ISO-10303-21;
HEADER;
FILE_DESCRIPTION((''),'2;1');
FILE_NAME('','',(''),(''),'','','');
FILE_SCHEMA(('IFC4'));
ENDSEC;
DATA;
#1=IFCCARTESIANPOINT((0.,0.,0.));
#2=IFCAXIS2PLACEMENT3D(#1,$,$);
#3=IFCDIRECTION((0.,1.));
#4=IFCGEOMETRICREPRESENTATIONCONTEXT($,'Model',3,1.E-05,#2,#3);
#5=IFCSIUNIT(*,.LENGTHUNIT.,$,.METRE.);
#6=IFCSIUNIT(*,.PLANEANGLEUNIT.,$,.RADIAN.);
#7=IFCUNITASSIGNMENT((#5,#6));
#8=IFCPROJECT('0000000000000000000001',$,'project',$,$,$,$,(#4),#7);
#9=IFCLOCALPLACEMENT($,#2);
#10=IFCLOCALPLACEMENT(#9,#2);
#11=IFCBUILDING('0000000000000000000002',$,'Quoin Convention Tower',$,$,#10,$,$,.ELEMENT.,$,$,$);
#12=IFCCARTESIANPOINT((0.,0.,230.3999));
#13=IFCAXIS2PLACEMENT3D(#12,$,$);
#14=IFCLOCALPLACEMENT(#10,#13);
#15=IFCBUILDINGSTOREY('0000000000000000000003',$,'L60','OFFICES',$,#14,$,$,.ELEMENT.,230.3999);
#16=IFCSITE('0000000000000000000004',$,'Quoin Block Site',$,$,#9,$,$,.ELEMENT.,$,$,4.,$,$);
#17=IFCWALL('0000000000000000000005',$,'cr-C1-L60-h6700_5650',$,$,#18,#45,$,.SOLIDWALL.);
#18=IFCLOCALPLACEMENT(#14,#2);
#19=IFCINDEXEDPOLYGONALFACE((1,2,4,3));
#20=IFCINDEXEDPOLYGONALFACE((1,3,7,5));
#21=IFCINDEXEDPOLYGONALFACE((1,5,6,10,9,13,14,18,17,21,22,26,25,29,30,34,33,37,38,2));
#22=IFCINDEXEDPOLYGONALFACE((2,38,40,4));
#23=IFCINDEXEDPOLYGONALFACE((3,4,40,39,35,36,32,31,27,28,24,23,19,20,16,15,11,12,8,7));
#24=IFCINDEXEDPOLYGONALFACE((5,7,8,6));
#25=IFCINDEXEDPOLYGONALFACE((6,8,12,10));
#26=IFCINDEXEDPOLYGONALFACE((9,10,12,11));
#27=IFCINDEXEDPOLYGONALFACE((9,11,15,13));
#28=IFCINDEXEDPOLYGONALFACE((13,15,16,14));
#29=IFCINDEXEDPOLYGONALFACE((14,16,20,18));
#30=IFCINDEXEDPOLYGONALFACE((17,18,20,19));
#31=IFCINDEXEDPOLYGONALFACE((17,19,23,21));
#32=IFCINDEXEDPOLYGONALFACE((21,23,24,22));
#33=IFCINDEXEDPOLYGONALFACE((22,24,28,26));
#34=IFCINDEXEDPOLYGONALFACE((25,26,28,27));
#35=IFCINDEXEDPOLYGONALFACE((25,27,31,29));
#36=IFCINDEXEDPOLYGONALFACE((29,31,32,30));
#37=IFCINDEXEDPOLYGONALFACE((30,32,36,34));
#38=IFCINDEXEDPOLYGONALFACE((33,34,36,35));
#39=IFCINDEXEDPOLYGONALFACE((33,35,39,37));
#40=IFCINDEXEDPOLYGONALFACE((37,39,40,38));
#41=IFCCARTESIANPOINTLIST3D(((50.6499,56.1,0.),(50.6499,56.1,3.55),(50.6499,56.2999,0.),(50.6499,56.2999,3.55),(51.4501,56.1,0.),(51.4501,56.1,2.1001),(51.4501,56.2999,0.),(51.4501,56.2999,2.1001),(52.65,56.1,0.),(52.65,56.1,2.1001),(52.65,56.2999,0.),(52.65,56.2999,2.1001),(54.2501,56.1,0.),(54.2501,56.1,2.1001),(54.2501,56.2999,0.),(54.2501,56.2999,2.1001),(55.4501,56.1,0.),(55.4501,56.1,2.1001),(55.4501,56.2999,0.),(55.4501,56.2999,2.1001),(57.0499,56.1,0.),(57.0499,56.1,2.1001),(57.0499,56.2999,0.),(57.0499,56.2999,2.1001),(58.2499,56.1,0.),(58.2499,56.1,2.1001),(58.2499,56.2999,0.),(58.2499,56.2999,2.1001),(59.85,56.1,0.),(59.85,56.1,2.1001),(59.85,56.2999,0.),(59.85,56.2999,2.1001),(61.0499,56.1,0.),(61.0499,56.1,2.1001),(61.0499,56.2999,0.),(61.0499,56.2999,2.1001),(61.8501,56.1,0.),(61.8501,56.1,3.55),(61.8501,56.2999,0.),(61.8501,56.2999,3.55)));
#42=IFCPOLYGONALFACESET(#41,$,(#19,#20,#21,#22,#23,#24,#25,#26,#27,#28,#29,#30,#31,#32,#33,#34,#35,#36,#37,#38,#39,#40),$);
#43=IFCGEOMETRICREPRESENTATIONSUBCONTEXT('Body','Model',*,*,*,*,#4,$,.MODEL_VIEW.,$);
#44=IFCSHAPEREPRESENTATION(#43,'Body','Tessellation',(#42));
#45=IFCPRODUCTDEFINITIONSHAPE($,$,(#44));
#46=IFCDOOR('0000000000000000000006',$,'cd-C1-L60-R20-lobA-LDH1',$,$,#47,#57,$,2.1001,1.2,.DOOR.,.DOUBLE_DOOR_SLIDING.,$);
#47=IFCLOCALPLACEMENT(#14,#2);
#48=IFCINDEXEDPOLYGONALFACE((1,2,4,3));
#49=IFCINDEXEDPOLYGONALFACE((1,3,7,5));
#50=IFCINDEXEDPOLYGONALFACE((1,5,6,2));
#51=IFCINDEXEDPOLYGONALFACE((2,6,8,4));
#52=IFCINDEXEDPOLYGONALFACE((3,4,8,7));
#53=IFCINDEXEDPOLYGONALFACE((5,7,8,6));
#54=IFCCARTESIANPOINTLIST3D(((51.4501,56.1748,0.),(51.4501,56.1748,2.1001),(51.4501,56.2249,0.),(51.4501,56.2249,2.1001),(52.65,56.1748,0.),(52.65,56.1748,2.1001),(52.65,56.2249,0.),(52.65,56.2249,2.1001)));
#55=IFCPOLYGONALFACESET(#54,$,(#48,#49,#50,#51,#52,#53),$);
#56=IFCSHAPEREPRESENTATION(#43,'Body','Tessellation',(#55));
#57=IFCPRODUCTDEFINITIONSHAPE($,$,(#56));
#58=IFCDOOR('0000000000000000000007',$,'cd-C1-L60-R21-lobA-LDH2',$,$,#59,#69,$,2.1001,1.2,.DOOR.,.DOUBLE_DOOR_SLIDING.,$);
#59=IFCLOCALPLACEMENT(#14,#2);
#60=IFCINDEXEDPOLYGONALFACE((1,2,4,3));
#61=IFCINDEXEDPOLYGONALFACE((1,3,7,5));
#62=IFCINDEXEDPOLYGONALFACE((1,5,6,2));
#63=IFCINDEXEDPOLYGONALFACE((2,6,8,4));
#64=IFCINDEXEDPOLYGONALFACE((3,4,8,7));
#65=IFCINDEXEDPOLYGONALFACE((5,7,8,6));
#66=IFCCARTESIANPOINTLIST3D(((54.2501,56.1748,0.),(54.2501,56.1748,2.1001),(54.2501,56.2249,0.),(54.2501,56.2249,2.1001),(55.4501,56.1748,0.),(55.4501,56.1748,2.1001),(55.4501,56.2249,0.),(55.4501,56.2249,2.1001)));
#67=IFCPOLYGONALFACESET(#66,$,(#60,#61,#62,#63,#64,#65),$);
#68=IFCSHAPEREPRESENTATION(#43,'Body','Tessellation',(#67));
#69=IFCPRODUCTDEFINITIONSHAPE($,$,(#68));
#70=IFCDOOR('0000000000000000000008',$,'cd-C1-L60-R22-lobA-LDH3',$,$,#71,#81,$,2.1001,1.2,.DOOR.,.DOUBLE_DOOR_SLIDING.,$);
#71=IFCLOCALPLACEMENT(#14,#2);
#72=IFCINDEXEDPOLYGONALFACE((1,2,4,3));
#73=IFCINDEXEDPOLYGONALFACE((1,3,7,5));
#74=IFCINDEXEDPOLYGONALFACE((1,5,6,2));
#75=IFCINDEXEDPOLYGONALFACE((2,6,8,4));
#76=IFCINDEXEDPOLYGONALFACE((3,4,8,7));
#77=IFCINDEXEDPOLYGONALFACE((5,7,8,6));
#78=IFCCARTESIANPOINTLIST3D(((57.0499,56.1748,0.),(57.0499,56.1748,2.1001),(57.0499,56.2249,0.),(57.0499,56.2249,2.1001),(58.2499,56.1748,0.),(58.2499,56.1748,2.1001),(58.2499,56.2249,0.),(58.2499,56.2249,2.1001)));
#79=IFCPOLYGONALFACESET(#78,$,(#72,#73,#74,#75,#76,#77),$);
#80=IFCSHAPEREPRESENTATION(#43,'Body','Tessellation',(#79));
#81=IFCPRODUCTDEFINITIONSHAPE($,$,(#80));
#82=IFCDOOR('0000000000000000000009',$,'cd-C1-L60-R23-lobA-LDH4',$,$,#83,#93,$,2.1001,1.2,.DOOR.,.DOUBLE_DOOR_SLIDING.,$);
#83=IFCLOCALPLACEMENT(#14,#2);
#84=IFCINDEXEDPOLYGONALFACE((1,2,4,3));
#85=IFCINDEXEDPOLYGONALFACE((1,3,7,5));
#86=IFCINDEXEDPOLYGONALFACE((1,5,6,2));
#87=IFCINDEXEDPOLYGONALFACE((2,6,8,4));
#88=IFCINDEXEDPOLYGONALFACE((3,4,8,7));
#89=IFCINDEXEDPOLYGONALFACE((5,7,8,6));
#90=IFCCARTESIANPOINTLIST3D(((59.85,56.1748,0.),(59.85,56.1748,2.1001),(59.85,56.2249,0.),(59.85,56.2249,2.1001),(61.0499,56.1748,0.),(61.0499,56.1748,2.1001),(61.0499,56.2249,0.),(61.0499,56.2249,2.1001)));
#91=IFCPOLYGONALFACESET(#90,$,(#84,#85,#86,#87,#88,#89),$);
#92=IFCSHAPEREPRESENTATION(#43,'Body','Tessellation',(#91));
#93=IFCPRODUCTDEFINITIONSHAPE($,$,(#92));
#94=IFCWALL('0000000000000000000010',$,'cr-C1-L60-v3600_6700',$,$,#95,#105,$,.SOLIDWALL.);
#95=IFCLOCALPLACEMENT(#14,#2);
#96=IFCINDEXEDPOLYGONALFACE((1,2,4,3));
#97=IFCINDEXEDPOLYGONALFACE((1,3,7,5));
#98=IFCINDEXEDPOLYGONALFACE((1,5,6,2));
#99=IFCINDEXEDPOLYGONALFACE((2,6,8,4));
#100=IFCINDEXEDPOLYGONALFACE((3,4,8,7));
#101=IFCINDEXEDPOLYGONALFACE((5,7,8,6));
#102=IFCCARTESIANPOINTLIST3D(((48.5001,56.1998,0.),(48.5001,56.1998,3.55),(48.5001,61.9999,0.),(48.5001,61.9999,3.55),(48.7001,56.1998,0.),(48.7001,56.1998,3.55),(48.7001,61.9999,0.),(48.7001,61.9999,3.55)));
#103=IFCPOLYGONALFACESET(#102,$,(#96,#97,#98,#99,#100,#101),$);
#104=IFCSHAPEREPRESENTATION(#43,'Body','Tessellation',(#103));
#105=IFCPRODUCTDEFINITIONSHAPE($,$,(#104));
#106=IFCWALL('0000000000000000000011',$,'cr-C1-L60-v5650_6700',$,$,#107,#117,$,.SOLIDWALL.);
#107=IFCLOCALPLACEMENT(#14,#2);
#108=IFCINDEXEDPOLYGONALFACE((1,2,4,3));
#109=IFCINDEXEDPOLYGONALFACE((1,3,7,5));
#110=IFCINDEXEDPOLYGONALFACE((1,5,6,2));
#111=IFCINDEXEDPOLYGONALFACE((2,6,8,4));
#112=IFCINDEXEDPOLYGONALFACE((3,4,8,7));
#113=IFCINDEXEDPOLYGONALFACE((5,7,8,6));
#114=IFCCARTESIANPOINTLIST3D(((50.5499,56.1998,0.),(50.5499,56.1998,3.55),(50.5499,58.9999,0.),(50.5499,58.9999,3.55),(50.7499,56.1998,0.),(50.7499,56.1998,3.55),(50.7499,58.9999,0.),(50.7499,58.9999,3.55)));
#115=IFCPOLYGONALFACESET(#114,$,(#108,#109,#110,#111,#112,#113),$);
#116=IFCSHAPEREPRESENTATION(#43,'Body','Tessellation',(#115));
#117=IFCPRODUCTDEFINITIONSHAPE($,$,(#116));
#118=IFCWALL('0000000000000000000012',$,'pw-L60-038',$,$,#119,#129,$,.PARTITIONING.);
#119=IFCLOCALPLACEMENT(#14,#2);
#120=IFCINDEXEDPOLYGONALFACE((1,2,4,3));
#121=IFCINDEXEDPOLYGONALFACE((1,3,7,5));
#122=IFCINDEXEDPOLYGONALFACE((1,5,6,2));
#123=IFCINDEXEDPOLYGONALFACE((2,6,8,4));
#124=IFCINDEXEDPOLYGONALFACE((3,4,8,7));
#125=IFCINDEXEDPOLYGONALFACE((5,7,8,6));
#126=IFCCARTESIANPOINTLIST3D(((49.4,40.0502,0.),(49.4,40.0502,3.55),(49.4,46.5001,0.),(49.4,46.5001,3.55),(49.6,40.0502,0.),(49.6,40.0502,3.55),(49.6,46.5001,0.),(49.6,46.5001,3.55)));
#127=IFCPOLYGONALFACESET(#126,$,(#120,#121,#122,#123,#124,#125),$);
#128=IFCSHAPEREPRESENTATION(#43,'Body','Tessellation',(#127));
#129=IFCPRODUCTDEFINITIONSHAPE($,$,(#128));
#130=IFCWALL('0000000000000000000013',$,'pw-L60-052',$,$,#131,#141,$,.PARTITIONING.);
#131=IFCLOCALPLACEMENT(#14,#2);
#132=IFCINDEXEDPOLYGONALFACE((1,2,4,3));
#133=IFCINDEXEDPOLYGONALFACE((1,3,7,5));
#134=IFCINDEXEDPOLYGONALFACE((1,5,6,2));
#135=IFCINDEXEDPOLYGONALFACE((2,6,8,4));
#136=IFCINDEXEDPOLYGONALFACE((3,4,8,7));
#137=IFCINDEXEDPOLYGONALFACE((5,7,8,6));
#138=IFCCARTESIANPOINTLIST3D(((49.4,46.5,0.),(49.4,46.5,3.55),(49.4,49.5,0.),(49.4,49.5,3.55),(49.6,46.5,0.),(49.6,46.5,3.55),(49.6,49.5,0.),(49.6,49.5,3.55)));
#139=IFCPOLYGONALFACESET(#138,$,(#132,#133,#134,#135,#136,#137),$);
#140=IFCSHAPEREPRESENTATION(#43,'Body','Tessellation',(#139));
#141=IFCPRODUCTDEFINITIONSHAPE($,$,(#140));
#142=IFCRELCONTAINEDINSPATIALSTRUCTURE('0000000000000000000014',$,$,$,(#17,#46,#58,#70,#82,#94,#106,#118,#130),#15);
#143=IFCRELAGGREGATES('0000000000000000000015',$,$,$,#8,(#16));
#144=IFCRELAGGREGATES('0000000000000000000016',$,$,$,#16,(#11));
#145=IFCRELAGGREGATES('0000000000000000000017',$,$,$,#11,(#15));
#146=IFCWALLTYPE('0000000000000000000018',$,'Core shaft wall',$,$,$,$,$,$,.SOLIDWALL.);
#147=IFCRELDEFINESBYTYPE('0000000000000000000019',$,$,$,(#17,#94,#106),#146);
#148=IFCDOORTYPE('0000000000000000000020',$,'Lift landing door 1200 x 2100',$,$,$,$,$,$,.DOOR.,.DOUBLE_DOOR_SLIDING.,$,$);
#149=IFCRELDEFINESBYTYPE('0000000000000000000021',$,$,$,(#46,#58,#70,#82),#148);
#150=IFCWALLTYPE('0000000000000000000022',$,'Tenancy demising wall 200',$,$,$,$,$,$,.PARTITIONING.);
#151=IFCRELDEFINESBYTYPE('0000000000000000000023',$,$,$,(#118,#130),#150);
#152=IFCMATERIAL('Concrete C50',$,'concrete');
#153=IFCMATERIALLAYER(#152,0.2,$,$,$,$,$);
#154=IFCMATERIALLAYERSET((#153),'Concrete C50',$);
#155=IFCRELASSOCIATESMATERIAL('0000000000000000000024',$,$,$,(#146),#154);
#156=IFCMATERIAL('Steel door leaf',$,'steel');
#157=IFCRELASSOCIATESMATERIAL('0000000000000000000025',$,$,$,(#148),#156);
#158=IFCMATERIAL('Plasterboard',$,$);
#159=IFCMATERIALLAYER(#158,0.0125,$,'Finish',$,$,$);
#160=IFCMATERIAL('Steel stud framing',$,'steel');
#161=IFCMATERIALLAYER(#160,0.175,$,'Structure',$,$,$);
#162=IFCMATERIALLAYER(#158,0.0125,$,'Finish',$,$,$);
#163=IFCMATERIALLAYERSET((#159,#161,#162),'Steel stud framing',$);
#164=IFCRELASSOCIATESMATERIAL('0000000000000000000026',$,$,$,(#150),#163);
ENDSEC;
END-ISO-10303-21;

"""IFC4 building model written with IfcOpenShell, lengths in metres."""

from ifc_helpers import new_model, si_unit, direction, frame, frame_2d, origin, place, context, subcontext, project, spatial, rectangle, extrude, material, layer, layer_set, type_object, element, fill, save


model = new_model("IFC4")

# Units and contexts
model_context = context("Model", 3, precision=1e-05, world=origin(), true_north=direction((0.0, 1.0)))
body_context = subcontext(model_context, "Body", "Model", "MODEL_VIEW")
ifc_project = project(units=[si_unit("LENGTHUNIT", "METRE"), si_unit("PLANEANGLEUNIT", "RADIAN")], contexts=[model_context])

# Site, building, storey
site_placement = place(None, origin())
site = spatial("IfcSite", under=ifc_project, at=site_placement, Name="Quoin Block Site", CompositionType="ELEMENT", RefElevation=4.0)
building_placement = place(site_placement, origin())
building = spatial("IfcBuilding", under=site, at=building_placement, Name="Quoin Convention Tower", CompositionType="ELEMENT")
storey_placement = place(building_placement, frame((0.0, 0.0, 230.3999)))
storey = spatial("IfcBuildingStorey", under=building, at=storey_placement, Name="L60", Description="OFFICES", CompositionType="ELEMENT", Elevation=230.3999)

# Shared definitions
ifc_material_1 = material(Name="Concrete C50", Category="concrete")

# Shared definitions
ifc_material_2 = material(Name="Plasterboard")
ifc_material_3 = material(Name="Steel stud framing", Category="steel")
ifc_material_4 = material(Name="Steel door leaf", Category="steel")

# Wall, openings, doors
ifc_layer_1 = layer(ifc_material_1, 0.2)
ifc_layer_set_1 = layer_set([ifc_layer_1], Name="Concrete C50")
wall_type_1 = type_object("IfcWallType", Name="Core shaft wall", PredefinedType="SOLIDWALL", material=ifc_layer_set_1)
wall_1_placement = place(storey_placement, frame((50.6499, 56.2, 0.0), z_axis=(0.0, 0.0, 1.0), x_axis=(1.0, 0.0, 0.0)))
wall_1 = element("IfcWall", 1, at=wall_1_placement, inside=storey, type_object=wall_type_1, Name="cr-C1-L60-h6700_5650", PredefinedType="SOLIDWALL", context=body_context, shape_type="SweptSolid", body=[
    extrude(rectangle(XDim=11.2002, YDim=0.2, at=frame_2d((5.6001, 0.0))), origin(), (0.0, 0.0, 1.0), 3.55),
])
opening_1_placement = place(wall_1_placement, frame((0.8, 0.0, 0.0)))
opening_1 = element("IfcOpeningElement", 2, at=opening_1_placement, cuts=wall_1, PredefinedType="OPENING", context=body_context, shape_type="SweptSolid", body=[
    extrude(rectangle(XDim=1.2, YDim=2.1001, at=frame_2d((0.6001, 1.05))), frame((0.0, 0.1099, 0.0), z_axis=(0.0, -1.0, 0.0), x_axis=(1.0, 0.0, 0.0)), (0.0, 0.0, 1.0), 0.22),
])
opening_2_placement = place(wall_1_placement, frame((3.6001, 0.0, 0.0)))
opening_2 = element("IfcOpeningElement", 3, at=opening_2_placement, cuts=wall_1, PredefinedType="OPENING", context=body_context, shape_type="SweptSolid", body=[
    extrude(rectangle(XDim=1.2, YDim=2.1001, at=frame_2d((0.6001, 1.05))), frame((0.0, 0.1099, 0.0), z_axis=(0.0, -1.0, 0.0), x_axis=(1.0, 0.0, 0.0)), (0.0, 0.0, 1.0), 0.22),
])
opening_3_placement = place(wall_1_placement, frame((6.3999, 0.0, 0.0)))
opening_3 = element("IfcOpeningElement", 4, at=opening_3_placement, cuts=wall_1, PredefinedType="OPENING", context=body_context, shape_type="SweptSolid", body=[
    extrude(rectangle(XDim=1.2, YDim=2.1001, at=frame_2d((0.6001, 1.05))), frame((0.0, 0.1099, 0.0), z_axis=(0.0, -1.0, 0.0), x_axis=(1.0, 0.0, 0.0)), (0.0, 0.0, 1.0), 0.22),
])
opening_4_placement = place(wall_1_placement, frame((9.2, 0.0, 0.0)))
opening_4 = element("IfcOpeningElement", 5, at=opening_4_placement, cuts=wall_1, PredefinedType="OPENING", context=body_context, shape_type="SweptSolid", body=[
    extrude(rectangle(XDim=1.2, YDim=2.1001, at=frame_2d((0.6001, 1.05))), frame((0.0, 0.1099, 0.0), z_axis=(0.0, -1.0, 0.0), x_axis=(1.0, 0.0, 0.0)), (0.0, 0.0, 1.0), 0.22),
])
door_type_1 = type_object("IfcDoorType", Name="Lift landing door 1200 x 2100", OperationType="DOUBLE_DOOR_SLIDING", PredefinedType="DOOR", material=ifc_material_4)
door_1_placement = place(opening_1_placement, origin())
door_1 = element("IfcDoor", 6, at=door_1_placement, inside=storey, type_object=door_type_1, Name="cd-C1-L60-R20-lobA-LDH1", OperationType="DOUBLE_DOOR_SLIDING", OverallHeight=2.1001, OverallWidth=1.2, PredefinedType="DOOR", context=body_context, shape_type="SweptSolid", body=[
    extrude(rectangle(XDim=1.2, YDim=2.1001, at=frame_2d((0.6001, 1.05))), frame((0.0, 0.0249, 0.0), z_axis=(0.0, -1.0, 0.0), x_axis=(1.0, 0.0, 0.0)), (0.0, 0.0, 1.0), 0.05),
])
fill(opening_1, door_1)
door_2_placement = place(opening_2_placement, origin())
door_2 = element("IfcDoor", 7, at=door_2_placement, inside=storey, type_object=door_type_1, Name="cd-C1-L60-R21-lobA-LDH2", OperationType="DOUBLE_DOOR_SLIDING", OverallHeight=2.1001, OverallWidth=1.2, PredefinedType="DOOR", context=body_context, shape_type="SweptSolid", body=[
    extrude(rectangle(XDim=1.2, YDim=2.1001, at=frame_2d((0.6001, 1.05))), frame((0.0, 0.0249, 0.0), z_axis=(0.0, -1.0, 0.0), x_axis=(1.0, 0.0, 0.0)), (0.0, 0.0, 1.0), 0.05),
])
fill(opening_2, door_2)
door_3_placement = place(opening_3_placement, origin())
door_3 = element("IfcDoor", 8, at=door_3_placement, inside=storey, type_object=door_type_1, Name="cd-C1-L60-R22-lobA-LDH3", OperationType="DOUBLE_DOOR_SLIDING", OverallHeight=2.1001, OverallWidth=1.2, PredefinedType="DOOR", context=body_context, shape_type="SweptSolid", body=[
    extrude(rectangle(XDim=1.2, YDim=2.1001, at=frame_2d((0.6001, 1.05))), frame((0.0, 0.0249, 0.0), z_axis=(0.0, -1.0, 0.0), x_axis=(1.0, 0.0, 0.0)), (0.0, 0.0, 1.0), 0.05),
])
fill(opening_3, door_3)
door_4_placement = place(opening_4_placement, origin())
door_4 = element("IfcDoor", 9, at=door_4_placement, inside=storey, type_object=door_type_1, Name="cd-C1-L60-R23-lobA-LDH4", OperationType="DOUBLE_DOOR_SLIDING", OverallHeight=2.1001, OverallWidth=1.2, PredefinedType="DOOR", context=body_context, shape_type="SweptSolid", body=[
    extrude(rectangle(XDim=1.2, YDim=2.1001, at=frame_2d((0.6001, 1.05))), frame((0.0, 0.0249, 0.0), z_axis=(0.0, -1.0, 0.0), x_axis=(1.0, 0.0, 0.0)), (0.0, 0.0, 1.0), 0.05),
])
fill(opening_4, door_4)

# Walls
wall_2_placement = place(storey_placement, frame((48.6001, 56.2, 0.0), z_axis=(0.0, 0.0, 1.0), x_axis=(0.0, 1.0, 0.0)))
element("IfcWall", 10, at=wall_2_placement, inside=storey, type_object=wall_type_1, Name="cr-C1-L60-v3600_6700", PredefinedType="SOLIDWALL", context=body_context, shape_type="SweptSolid", body=[
    extrude(rectangle(XDim=5.8, YDim=0.2, at=frame_2d((2.8999, 0.0))), origin(), (0.0, 0.0, 1.0), 3.55),
])
wall_3_placement = place(storey_placement, frame((50.6499, 56.2, 0.0), z_axis=(0.0, 0.0, 1.0), x_axis=(0.0, 1.0, 0.0)))
element("IfcWall", 11, at=wall_3_placement, inside=storey, type_object=wall_type_1, Name="cr-C1-L60-v5650_6700", PredefinedType="SOLIDWALL", context=body_context, shape_type="SweptSolid", body=[
    extrude(rectangle(XDim=2.8, YDim=0.2, at=frame_2d((1.3999, 0.0))), origin(), (0.0, 0.0, 1.0), 3.55),
])
ifc_layer_2 = layer(ifc_material_2, 0.0125, Name="Finish")
ifc_layer_3 = layer(ifc_material_3, 0.175, Name="Structure")
ifc_layer_4 = layer(ifc_material_2, 0.0125, Name="Finish")
ifc_layer_set_2 = layer_set([ifc_layer_2, ifc_layer_3, ifc_layer_4], Name="Steel stud framing")
wall_type_2 = type_object("IfcWallType", Name="Tenancy demising wall 200", PredefinedType="PARTITIONING", material=ifc_layer_set_2)
wall_4_placement = place(storey_placement, frame((49.5, 40.05, 0.0), z_axis=(0.0, 0.0, 1.0), x_axis=(0.0, 1.0, 0.0)))
element("IfcWall", 12, at=wall_4_placement, inside=storey, type_object=wall_type_2, Name="pw-L60-038", PredefinedType="PARTITIONING", context=body_context, shape_type="SweptSolid", body=[
    extrude(rectangle(XDim=6.45, YDim=0.2, at=frame_2d((3.2251, 0.0))), origin(), (0.0, 0.0, 1.0), 3.55),
])
wall_5_placement = place(storey_placement, frame((49.5, 46.5, 0.0), z_axis=(0.0, 0.0, 1.0), x_axis=(0.0, 1.0, 0.0)))
element("IfcWall", 13, at=wall_5_placement, inside=storey, type_object=wall_type_2, Name="pw-L60-052", PredefinedType="PARTITIONING", context=body_context, shape_type="SweptSolid", body=[
    extrude(rectangle(XDim=3.0, YDim=0.2, at=frame_2d((1.5, 0.0))), origin(), (0.0, 0.0, 1.0), 3.55),
])

save(model, "model.ifc")
